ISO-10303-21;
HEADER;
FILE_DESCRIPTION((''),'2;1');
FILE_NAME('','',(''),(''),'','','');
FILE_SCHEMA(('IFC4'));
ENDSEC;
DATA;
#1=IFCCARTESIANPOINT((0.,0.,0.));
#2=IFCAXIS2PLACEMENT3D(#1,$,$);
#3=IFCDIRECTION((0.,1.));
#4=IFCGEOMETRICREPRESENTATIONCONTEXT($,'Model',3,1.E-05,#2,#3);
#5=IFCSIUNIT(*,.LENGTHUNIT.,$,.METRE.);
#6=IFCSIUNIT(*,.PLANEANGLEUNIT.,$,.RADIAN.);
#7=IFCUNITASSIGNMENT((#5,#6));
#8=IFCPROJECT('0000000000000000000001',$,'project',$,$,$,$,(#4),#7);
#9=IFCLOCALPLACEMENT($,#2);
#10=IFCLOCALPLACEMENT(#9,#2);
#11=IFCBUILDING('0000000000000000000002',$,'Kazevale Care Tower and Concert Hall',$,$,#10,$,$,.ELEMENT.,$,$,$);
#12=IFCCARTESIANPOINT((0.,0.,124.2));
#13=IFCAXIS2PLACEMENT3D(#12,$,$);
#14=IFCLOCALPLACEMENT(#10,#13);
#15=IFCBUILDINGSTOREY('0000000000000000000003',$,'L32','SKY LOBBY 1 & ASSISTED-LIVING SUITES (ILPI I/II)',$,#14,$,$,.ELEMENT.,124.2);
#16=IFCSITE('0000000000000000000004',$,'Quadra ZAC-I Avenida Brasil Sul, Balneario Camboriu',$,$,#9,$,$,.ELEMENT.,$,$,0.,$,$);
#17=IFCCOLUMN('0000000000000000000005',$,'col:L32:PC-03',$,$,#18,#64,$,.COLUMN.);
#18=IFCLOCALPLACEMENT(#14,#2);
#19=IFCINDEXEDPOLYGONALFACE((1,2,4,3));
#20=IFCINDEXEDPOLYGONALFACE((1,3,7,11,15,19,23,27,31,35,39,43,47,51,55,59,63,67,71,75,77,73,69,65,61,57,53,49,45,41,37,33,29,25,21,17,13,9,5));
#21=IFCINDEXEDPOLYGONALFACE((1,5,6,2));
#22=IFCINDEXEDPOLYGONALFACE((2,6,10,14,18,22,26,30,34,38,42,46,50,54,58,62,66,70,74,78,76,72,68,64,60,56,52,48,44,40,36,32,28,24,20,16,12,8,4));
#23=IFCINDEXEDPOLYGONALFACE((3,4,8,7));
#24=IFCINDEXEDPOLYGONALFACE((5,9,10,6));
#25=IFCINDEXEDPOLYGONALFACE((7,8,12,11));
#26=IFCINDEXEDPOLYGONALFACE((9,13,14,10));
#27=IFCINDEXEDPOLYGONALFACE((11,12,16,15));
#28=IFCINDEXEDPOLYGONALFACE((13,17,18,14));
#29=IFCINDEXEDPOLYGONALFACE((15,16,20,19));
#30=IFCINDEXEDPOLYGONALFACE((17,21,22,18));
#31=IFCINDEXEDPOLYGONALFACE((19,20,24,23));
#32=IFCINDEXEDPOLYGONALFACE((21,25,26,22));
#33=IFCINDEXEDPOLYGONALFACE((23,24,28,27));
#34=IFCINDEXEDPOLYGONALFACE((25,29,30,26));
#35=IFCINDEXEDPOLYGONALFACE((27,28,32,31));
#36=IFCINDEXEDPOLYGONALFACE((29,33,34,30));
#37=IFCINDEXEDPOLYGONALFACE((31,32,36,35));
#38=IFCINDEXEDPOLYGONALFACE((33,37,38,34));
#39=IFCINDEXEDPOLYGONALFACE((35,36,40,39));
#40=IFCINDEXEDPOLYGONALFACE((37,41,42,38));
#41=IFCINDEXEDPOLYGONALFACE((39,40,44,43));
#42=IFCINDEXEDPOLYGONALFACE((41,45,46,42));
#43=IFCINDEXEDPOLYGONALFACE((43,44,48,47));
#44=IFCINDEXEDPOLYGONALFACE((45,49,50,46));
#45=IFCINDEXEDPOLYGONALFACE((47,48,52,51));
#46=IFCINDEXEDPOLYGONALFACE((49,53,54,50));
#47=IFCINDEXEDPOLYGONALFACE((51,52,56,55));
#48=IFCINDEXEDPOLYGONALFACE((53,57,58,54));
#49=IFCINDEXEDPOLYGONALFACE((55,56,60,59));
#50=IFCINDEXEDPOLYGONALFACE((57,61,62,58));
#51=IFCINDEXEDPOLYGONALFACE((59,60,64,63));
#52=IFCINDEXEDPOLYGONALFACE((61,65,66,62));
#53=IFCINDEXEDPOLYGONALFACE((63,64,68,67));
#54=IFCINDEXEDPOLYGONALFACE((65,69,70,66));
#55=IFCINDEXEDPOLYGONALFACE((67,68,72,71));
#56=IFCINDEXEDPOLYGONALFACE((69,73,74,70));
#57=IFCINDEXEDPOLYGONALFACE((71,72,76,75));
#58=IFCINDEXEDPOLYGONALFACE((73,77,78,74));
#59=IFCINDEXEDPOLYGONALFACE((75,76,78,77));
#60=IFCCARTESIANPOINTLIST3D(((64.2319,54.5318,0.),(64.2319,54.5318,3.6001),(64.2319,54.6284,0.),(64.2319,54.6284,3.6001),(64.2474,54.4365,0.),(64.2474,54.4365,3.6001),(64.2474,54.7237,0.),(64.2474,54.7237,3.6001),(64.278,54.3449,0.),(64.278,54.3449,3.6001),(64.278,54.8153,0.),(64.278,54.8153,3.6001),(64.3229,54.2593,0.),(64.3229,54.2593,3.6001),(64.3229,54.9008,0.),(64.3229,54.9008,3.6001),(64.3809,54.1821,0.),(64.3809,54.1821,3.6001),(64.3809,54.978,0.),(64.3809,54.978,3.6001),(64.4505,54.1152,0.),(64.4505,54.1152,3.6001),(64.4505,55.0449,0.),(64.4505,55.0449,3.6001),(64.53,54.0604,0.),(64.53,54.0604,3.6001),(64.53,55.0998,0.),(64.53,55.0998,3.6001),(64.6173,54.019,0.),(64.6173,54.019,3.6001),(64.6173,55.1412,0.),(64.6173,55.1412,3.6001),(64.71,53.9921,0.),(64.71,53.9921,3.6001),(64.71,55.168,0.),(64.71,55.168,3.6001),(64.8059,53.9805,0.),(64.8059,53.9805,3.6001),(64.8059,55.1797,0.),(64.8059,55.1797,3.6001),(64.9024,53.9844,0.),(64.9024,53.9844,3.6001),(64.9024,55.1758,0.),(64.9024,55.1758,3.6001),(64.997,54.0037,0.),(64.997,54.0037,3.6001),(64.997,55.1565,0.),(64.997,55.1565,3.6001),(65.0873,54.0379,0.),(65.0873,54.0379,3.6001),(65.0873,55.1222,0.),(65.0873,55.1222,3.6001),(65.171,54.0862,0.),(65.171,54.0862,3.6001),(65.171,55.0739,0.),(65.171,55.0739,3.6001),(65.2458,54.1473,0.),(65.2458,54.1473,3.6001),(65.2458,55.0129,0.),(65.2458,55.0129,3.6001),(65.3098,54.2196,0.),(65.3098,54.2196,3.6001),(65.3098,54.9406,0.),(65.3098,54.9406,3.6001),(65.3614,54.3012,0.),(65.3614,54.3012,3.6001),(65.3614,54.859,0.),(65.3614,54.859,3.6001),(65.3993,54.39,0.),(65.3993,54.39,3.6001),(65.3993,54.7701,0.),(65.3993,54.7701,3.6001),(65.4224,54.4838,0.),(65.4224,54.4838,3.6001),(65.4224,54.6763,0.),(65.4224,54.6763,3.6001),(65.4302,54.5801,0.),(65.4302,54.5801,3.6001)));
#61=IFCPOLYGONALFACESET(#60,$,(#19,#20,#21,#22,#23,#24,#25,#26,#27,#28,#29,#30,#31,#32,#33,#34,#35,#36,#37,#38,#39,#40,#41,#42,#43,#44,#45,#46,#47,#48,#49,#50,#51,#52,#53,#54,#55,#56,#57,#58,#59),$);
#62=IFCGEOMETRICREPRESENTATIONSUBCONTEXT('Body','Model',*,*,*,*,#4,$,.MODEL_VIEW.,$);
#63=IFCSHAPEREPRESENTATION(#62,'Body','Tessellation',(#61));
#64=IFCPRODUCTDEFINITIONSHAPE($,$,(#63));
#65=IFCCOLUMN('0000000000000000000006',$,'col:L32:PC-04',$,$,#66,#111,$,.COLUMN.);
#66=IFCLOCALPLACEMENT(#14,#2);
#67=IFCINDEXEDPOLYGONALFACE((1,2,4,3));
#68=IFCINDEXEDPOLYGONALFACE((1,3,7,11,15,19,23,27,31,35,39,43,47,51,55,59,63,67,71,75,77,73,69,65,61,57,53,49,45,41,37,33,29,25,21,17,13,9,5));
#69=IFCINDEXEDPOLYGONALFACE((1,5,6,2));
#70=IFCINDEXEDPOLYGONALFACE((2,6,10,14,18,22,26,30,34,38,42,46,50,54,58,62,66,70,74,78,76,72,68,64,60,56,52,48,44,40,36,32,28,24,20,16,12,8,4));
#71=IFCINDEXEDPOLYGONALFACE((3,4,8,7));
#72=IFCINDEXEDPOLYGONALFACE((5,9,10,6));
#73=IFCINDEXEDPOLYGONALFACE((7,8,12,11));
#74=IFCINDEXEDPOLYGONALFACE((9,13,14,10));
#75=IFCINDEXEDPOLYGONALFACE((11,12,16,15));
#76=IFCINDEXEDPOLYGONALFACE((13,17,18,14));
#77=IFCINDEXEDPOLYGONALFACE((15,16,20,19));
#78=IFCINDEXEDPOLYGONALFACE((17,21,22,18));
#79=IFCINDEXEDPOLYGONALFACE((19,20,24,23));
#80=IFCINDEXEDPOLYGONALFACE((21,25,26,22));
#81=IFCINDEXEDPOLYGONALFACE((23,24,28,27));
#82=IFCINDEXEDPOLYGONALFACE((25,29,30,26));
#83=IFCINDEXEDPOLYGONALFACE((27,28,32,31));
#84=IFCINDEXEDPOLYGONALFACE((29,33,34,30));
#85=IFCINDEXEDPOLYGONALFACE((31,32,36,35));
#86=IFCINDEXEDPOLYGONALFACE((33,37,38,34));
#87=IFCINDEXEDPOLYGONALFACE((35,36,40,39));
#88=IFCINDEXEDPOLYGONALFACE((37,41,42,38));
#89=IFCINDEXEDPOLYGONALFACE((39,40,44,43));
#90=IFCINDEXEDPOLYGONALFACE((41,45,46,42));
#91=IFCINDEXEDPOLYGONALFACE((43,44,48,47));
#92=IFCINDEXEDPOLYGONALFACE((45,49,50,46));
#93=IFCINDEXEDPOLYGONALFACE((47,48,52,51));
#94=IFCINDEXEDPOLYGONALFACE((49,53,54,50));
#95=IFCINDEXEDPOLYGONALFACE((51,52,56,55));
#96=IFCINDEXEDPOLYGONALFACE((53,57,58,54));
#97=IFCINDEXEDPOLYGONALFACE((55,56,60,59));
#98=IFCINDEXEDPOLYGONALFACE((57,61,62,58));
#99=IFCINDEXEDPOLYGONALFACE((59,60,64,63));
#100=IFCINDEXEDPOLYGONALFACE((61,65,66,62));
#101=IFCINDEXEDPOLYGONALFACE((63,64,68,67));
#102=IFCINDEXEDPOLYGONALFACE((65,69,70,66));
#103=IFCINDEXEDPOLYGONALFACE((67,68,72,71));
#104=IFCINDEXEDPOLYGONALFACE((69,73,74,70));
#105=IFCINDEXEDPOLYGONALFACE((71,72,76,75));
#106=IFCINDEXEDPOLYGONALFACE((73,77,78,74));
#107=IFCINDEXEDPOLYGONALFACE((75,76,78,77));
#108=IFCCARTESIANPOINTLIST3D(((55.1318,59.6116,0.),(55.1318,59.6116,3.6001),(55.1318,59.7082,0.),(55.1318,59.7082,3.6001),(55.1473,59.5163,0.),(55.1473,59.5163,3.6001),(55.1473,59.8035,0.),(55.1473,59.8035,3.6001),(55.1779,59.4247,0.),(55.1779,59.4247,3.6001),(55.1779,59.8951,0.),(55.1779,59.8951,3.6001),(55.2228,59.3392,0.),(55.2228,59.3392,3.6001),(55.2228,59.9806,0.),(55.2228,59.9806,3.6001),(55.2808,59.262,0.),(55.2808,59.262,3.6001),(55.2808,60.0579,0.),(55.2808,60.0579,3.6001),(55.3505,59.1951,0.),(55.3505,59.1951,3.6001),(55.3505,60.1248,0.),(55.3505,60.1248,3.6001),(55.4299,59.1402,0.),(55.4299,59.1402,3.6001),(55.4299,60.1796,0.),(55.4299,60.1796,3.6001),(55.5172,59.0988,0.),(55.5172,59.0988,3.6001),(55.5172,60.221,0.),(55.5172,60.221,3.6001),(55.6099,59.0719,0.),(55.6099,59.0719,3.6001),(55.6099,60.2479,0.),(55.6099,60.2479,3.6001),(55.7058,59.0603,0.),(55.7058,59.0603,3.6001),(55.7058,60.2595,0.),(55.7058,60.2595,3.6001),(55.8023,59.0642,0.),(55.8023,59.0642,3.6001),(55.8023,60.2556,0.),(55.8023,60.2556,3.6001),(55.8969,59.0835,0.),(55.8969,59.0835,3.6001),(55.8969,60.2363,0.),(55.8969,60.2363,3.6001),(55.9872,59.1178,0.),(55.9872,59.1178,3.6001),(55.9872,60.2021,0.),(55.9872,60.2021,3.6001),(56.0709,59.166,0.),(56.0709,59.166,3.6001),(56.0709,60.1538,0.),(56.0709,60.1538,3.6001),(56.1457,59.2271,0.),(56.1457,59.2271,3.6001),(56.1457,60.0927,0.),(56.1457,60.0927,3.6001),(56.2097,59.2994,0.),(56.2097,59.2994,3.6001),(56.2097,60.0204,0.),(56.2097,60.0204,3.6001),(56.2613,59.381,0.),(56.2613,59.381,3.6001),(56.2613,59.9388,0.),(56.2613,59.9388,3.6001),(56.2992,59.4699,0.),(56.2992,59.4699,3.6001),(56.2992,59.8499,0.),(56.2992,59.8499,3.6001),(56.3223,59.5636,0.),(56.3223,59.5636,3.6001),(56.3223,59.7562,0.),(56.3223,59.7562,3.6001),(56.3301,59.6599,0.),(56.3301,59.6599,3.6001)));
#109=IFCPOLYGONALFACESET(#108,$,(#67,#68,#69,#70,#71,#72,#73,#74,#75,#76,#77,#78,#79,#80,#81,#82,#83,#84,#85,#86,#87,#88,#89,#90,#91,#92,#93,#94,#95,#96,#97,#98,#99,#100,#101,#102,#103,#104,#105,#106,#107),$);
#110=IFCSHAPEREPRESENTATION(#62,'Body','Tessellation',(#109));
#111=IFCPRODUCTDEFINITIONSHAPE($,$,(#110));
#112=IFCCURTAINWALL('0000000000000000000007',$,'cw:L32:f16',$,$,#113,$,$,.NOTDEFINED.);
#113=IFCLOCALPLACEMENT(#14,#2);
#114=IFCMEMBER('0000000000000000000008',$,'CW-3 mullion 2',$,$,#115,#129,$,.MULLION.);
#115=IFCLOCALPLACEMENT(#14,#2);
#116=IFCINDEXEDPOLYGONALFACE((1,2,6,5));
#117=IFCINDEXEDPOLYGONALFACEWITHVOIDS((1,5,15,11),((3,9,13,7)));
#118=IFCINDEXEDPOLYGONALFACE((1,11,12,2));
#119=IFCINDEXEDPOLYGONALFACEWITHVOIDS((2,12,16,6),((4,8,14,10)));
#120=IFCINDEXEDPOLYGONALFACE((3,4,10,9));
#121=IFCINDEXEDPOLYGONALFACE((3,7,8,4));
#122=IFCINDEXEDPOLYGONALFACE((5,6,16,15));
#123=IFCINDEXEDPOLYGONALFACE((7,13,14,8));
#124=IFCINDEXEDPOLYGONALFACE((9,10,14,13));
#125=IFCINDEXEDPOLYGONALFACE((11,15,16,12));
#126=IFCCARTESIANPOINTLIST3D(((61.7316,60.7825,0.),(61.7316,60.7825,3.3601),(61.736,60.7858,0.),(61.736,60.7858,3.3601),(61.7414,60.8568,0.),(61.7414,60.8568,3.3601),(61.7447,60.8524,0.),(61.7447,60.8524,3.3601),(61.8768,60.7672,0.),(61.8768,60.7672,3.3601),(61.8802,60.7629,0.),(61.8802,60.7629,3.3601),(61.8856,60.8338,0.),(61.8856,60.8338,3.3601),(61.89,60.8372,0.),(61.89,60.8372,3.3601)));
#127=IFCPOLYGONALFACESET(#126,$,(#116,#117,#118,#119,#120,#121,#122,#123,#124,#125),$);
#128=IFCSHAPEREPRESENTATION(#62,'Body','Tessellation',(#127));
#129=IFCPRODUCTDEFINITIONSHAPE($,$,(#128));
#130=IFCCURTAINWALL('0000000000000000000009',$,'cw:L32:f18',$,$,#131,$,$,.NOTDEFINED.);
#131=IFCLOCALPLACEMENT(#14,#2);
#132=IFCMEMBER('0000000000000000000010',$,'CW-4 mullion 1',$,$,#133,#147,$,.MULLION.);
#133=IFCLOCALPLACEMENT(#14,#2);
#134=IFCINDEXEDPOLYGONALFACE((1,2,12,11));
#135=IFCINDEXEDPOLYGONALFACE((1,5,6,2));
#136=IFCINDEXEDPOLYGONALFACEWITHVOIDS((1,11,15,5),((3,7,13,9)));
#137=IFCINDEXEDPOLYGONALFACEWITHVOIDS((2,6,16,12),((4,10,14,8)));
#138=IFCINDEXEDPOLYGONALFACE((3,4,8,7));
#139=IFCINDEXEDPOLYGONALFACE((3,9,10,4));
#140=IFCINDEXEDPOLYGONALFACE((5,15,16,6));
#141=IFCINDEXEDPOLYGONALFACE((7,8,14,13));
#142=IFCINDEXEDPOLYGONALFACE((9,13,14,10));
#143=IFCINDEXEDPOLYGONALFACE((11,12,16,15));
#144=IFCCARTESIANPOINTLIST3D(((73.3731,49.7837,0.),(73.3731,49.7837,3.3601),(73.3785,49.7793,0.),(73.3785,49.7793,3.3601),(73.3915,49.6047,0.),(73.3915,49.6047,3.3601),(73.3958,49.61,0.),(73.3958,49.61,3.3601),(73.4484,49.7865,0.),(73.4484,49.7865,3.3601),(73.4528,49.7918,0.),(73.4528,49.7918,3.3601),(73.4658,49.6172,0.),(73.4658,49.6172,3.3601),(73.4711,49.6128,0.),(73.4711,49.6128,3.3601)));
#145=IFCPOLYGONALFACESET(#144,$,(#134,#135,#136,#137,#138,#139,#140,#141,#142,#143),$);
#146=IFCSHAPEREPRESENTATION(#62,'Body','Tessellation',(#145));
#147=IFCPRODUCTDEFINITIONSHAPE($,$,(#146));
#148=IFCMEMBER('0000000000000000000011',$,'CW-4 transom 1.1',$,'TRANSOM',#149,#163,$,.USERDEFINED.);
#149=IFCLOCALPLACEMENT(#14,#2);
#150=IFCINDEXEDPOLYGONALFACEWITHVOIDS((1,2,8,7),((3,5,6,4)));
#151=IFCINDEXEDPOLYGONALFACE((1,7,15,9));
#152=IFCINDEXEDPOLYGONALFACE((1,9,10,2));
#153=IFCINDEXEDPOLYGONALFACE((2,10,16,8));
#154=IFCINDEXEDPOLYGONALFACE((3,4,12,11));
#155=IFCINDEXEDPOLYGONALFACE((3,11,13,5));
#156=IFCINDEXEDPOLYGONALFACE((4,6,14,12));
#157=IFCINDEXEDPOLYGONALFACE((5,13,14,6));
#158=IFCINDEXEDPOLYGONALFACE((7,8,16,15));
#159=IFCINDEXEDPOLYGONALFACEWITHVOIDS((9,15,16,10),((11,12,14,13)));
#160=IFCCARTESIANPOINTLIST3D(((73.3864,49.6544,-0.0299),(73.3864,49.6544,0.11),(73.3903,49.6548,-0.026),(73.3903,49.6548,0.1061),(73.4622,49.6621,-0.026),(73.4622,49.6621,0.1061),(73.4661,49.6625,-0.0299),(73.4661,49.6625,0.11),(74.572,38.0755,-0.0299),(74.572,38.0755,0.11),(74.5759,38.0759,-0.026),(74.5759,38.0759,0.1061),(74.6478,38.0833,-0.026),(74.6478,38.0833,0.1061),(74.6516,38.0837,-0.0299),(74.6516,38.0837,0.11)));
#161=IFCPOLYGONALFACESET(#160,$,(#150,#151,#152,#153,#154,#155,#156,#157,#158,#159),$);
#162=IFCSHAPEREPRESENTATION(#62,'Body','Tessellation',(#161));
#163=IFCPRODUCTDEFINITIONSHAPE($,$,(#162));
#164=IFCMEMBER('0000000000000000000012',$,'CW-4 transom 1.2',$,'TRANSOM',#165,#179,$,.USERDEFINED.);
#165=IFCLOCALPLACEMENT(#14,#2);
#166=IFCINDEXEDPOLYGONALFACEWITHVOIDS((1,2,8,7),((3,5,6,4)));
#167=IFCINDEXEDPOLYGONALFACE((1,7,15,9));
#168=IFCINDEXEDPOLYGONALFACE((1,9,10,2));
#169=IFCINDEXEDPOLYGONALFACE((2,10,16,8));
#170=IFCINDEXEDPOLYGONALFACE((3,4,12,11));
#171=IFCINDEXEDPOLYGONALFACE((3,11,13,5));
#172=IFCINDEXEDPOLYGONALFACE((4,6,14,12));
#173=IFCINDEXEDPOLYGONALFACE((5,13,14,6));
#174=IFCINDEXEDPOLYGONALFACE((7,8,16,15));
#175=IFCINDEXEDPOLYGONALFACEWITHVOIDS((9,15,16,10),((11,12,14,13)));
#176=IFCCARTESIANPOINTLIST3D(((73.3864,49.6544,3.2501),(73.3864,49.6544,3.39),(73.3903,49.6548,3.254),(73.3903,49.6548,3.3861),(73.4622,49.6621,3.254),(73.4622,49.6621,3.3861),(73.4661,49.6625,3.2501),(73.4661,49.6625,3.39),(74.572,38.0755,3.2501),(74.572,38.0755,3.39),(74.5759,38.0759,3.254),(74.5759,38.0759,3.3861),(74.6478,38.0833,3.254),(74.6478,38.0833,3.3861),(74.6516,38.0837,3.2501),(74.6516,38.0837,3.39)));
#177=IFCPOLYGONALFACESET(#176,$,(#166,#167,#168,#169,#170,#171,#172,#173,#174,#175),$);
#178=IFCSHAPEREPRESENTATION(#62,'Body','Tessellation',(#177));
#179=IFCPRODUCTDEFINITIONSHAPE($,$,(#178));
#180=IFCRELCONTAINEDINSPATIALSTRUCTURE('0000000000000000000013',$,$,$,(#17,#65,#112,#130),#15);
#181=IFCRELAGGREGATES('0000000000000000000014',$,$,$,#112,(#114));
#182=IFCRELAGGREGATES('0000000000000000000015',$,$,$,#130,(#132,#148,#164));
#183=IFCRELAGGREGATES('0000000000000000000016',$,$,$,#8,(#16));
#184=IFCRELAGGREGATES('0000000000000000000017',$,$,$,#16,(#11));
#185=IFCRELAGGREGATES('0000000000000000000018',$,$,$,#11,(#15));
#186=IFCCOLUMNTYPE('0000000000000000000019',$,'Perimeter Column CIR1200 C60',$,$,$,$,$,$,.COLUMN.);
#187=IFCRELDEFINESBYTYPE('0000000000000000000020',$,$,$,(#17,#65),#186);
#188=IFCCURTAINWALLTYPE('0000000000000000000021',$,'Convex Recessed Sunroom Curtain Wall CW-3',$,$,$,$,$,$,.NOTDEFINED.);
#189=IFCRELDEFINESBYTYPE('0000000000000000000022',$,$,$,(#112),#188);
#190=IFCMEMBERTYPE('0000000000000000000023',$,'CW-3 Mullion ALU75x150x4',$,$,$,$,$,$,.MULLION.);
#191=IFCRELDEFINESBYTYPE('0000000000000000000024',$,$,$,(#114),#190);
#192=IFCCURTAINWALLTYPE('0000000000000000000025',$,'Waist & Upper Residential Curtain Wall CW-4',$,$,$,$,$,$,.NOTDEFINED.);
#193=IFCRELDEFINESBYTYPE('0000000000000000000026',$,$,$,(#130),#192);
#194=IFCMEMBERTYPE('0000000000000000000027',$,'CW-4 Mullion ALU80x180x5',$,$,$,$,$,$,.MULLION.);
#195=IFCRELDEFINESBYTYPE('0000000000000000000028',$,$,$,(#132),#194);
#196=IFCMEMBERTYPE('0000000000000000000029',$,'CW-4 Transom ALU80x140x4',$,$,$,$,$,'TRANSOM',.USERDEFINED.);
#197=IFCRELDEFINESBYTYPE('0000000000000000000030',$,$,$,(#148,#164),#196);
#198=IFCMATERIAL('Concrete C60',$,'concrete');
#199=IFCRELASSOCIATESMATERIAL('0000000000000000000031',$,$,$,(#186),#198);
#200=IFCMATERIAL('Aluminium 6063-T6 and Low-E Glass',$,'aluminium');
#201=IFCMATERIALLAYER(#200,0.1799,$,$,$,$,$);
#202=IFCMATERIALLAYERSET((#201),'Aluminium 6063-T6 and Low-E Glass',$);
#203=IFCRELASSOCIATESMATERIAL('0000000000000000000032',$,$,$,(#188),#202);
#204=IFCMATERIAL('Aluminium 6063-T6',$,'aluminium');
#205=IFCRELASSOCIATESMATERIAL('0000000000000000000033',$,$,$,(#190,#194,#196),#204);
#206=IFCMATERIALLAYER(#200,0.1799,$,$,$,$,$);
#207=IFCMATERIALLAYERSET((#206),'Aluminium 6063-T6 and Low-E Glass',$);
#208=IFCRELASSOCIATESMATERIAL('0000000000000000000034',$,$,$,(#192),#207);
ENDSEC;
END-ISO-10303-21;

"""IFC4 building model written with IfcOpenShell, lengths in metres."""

from ifc_helpers import new_model, si_unit, direction, frame, origin, origin_2d, place, context, subcontext, project, spatial, hollow_rectangle, circle, extrude, material, layer, layer_set, material_profile, profile_set, type_object, element, aggregate, save


model = new_model("IFC4")

# Units and contexts
model_context = context("Model", 3, precision=1e-05, world=origin(), true_north=direction((0.0, 1.0)))
body_context = subcontext(model_context, "Body", "Model", "MODEL_VIEW")
ifc_project = project(units=[si_unit("LENGTHUNIT", "METRE"), si_unit("PLANEANGLEUNIT", "RADIAN")], contexts=[model_context])

# Site, building, storey
site_placement = place(None, origin())
site = spatial("IfcSite", under=ifc_project, at=site_placement, Name="Quadra ZAC-I Avenida Brasil Sul, Balneario Camboriu", CompositionType="ELEMENT", RefElevation=0.0)
building_placement = place(site_placement, origin())
building = spatial("IfcBuilding", under=site, at=building_placement, Name="Kazevale Care Tower and Concert Hall", CompositionType="ELEMENT")
storey_placement = place(building_placement, frame((0.0, 0.0, 124.2)))
storey = spatial("IfcBuildingStorey", under=building, at=storey_placement, Name="L32", Description="SKY LOBBY 1 & ASSISTED-LIVING SUITES (ILPI I/II)", CompositionType="ELEMENT", Elevation=124.2)

# Columns
ifc_material_1 = material(Name="Concrete C60", Category="concrete")
ifc_material_profile_1 = material_profile(ifc_material_1, circle(Radius=0.6001, at=origin_2d()), Name="RC-CIR1200")
ifc_profile_set_1 = profile_set([ifc_material_profile_1], Name="Concrete C60")
column_type = type_object("IfcColumnType", Name="Perimeter Column CIR1200 C60", PredefinedType="COLUMN", material=ifc_profile_set_1)
for number, where, z_axis, x_axis, name in (
    (1, (64.8301, 54.5801, 0.0), (0.0, 0.0, 1.0), (1.0, 0.0, 0.0), "col:L32:PC-03"),
    (2, (55.73, 59.6599, 0.0), (0.0, 0.0, 1.0), (1.0, 0.0, 0.0), "col:L32:PC-04"),
):
    element("IfcColumn", number, at=place(storey_placement, frame(where, z_axis=z_axis, x_axis=x_axis)), inside=storey, type_object=column_type, Name=name, PredefinedType="COLUMN", context=body_context, shape_type="SweptSolid", body=[
        extrude(circle(Radius=0.6001, at=origin_2d()), origin(), (0.0, 0.0, 1.0), 3.6001),
    ])

# Curtain wall, member
ifc_material_2 = material(Name="Aluminium 6063-T6 and Low-E Glass", Category="aluminium")
ifc_layer_1 = layer(ifc_material_2, 0.1799)
ifc_layer_set_1 = layer_set([ifc_layer_1], Name="Aluminium 6063-T6 and Low-E Glass")
curtain_wall_type_1 = type_object("IfcCurtainWallType", Name="Convex Recessed Sunroom Curtain Wall CW-3", PredefinedType="NOTDEFINED", material=ifc_layer_set_1)
curtain_wall_1_placement = place(storey_placement, origin())
curtain_wall_1 = element("IfcCurtainWall", 3, at=curtain_wall_1_placement, inside=storey, type_object=curtain_wall_type_1, Name="cw:L32:f16", PredefinedType="NOTDEFINED")
ifc_material_3 = material(Name="Aluminium 6063-T6", Category="aluminium")
ifc_material_profile_2 = material_profile(ifc_material_3, hollow_rectangle(XDim=0.075, YDim=0.1499, WallThickness=0.0039, at=origin_2d()), Name="ALU75x150x4")
ifc_profile_set_2 = profile_set([ifc_material_profile_2], Name="Aluminium 6063-T6")
member_type_1 = type_object("IfcMemberType", Name="CW-3 Mullion ALU75x150x4", PredefinedType="MULLION", material=ifc_profile_set_2)
member_1_placement = place(storey_placement, frame((61.8108, 60.8098, 0.0), z_axis=(0.0, 0.0, 1.0), x_axis=(0.130822, 0.991406, 0.0)))
member_1 = element("IfcMember", 4, at=member_1_placement, type_object=member_type_1, Name="CW-3 mullion 2", PredefinedType="MULLION", context=body_context, shape_type="SweptSolid", body=[
    extrude(hollow_rectangle(XDim=0.075, YDim=0.1499, WallThickness=0.0039, at=origin_2d()), origin(), (0.0, 0.0, 1.0), 3.3601),
])
aggregate(curtain_wall_1, [member_1])

# Curtain wall, members
ifc_layer_2 = layer(ifc_material_2, 0.1799)
ifc_layer_set_2 = layer_set([ifc_layer_2], Name="Aluminium 6063-T6 and Low-E Glass")
curtain_wall_type_2 = type_object("IfcCurtainWallType", Name="Waist & Upper Residential Curtain Wall CW-4", PredefinedType="NOTDEFINED", material=ifc_layer_set_2)
curtain_wall_2_placement = place(storey_placement, origin())
curtain_wall_2 = element("IfcCurtainWall", 5, at=curtain_wall_2_placement, inside=storey, type_object=curtain_wall_type_2, Name="cw:L32:f18", PredefinedType="NOTDEFINED")
ifc_material_profile_3 = material_profile(ifc_material_3, hollow_rectangle(XDim=0.0801, YDim=0.1799, WallThickness=0.0049, at=origin_2d()), Name="ALU80x180x5")
ifc_profile_set_3 = profile_set([ifc_material_profile_3], Name="Aluminium 6063-T6")
member_type_2 = type_object("IfcMemberType", Name="CW-4 Mullion ALU80x180x5", PredefinedType="MULLION", material=ifc_profile_set_3)
member_2_placement = place(storey_placement, frame((73.4221, 49.6982, 0.0), z_axis=(0.0, 0.0, 1.0), x_axis=(0.994798, 0.10187, 0.0)))
member_2 = element("IfcMember", 6, at=member_2_placement, type_object=member_type_2, Name="CW-4 mullion 1", PredefinedType="MULLION", context=body_context, shape_type="SweptSolid", body=[
    extrude(hollow_rectangle(XDim=0.0801, YDim=0.1799, WallThickness=0.0049, at=origin_2d()), origin(), (0.0, 0.0, 1.0), 3.3601),
])
ifc_material_profile_4 = material_profile(ifc_material_3, hollow_rectangle(XDim=0.0801, YDim=0.1399, WallThickness=0.0039, at=origin_2d()), Name="ALU80x140x4")
ifc_profile_set_4 = profile_set([ifc_material_profile_4], Name="Aluminium 6063-T6")
member_type_3 = type_object("IfcMemberType", Name="CW-4 Transom ALU80x140x4", ElementType="TRANSOM", PredefinedType="USERDEFINED", material=ifc_profile_set_4)
member_3_placement = place(storey_placement, frame((73.4263, 49.6584, 0.04), z_axis=(0.101856, -0.994799, 0.0), x_axis=(0.994799, 0.101856, 0.0)))
member_3 = element("IfcMember", 7, at=member_3_placement, type_object=member_type_3, Name="CW-4 transom 1.1", ObjectType="TRANSOM", PredefinedType="USERDEFINED", context=body_context, shape_type="SweptSolid", body=[
    extrude(hollow_rectangle(XDim=0.0801, YDim=0.1399, WallThickness=0.0039, at=origin_2d()), origin(), (0.0, 0.0, 1.0), 11.6394),
])
member_4_placement = place(storey_placement, frame((73.4263, 49.6584, 3.3201), z_axis=(0.101856, -0.994799, 0.0), x_axis=(0.994799, 0.101856, 0.0)))
member_4 = element("IfcMember", 8, at=member_4_placement, type_object=member_type_3, Name="CW-4 transom 1.2", ObjectType="TRANSOM", PredefinedType="USERDEFINED", context=body_context, shape_type="SweptSolid", body=[
    extrude(hollow_rectangle(XDim=0.0801, YDim=0.1399, WallThickness=0.0039, at=origin_2d()), origin(), (0.0, 0.0, 1.0), 11.6394),
])
aggregate(curtain_wall_2, [member_2, member_3, member_4])

save(model, "model.ifc")
